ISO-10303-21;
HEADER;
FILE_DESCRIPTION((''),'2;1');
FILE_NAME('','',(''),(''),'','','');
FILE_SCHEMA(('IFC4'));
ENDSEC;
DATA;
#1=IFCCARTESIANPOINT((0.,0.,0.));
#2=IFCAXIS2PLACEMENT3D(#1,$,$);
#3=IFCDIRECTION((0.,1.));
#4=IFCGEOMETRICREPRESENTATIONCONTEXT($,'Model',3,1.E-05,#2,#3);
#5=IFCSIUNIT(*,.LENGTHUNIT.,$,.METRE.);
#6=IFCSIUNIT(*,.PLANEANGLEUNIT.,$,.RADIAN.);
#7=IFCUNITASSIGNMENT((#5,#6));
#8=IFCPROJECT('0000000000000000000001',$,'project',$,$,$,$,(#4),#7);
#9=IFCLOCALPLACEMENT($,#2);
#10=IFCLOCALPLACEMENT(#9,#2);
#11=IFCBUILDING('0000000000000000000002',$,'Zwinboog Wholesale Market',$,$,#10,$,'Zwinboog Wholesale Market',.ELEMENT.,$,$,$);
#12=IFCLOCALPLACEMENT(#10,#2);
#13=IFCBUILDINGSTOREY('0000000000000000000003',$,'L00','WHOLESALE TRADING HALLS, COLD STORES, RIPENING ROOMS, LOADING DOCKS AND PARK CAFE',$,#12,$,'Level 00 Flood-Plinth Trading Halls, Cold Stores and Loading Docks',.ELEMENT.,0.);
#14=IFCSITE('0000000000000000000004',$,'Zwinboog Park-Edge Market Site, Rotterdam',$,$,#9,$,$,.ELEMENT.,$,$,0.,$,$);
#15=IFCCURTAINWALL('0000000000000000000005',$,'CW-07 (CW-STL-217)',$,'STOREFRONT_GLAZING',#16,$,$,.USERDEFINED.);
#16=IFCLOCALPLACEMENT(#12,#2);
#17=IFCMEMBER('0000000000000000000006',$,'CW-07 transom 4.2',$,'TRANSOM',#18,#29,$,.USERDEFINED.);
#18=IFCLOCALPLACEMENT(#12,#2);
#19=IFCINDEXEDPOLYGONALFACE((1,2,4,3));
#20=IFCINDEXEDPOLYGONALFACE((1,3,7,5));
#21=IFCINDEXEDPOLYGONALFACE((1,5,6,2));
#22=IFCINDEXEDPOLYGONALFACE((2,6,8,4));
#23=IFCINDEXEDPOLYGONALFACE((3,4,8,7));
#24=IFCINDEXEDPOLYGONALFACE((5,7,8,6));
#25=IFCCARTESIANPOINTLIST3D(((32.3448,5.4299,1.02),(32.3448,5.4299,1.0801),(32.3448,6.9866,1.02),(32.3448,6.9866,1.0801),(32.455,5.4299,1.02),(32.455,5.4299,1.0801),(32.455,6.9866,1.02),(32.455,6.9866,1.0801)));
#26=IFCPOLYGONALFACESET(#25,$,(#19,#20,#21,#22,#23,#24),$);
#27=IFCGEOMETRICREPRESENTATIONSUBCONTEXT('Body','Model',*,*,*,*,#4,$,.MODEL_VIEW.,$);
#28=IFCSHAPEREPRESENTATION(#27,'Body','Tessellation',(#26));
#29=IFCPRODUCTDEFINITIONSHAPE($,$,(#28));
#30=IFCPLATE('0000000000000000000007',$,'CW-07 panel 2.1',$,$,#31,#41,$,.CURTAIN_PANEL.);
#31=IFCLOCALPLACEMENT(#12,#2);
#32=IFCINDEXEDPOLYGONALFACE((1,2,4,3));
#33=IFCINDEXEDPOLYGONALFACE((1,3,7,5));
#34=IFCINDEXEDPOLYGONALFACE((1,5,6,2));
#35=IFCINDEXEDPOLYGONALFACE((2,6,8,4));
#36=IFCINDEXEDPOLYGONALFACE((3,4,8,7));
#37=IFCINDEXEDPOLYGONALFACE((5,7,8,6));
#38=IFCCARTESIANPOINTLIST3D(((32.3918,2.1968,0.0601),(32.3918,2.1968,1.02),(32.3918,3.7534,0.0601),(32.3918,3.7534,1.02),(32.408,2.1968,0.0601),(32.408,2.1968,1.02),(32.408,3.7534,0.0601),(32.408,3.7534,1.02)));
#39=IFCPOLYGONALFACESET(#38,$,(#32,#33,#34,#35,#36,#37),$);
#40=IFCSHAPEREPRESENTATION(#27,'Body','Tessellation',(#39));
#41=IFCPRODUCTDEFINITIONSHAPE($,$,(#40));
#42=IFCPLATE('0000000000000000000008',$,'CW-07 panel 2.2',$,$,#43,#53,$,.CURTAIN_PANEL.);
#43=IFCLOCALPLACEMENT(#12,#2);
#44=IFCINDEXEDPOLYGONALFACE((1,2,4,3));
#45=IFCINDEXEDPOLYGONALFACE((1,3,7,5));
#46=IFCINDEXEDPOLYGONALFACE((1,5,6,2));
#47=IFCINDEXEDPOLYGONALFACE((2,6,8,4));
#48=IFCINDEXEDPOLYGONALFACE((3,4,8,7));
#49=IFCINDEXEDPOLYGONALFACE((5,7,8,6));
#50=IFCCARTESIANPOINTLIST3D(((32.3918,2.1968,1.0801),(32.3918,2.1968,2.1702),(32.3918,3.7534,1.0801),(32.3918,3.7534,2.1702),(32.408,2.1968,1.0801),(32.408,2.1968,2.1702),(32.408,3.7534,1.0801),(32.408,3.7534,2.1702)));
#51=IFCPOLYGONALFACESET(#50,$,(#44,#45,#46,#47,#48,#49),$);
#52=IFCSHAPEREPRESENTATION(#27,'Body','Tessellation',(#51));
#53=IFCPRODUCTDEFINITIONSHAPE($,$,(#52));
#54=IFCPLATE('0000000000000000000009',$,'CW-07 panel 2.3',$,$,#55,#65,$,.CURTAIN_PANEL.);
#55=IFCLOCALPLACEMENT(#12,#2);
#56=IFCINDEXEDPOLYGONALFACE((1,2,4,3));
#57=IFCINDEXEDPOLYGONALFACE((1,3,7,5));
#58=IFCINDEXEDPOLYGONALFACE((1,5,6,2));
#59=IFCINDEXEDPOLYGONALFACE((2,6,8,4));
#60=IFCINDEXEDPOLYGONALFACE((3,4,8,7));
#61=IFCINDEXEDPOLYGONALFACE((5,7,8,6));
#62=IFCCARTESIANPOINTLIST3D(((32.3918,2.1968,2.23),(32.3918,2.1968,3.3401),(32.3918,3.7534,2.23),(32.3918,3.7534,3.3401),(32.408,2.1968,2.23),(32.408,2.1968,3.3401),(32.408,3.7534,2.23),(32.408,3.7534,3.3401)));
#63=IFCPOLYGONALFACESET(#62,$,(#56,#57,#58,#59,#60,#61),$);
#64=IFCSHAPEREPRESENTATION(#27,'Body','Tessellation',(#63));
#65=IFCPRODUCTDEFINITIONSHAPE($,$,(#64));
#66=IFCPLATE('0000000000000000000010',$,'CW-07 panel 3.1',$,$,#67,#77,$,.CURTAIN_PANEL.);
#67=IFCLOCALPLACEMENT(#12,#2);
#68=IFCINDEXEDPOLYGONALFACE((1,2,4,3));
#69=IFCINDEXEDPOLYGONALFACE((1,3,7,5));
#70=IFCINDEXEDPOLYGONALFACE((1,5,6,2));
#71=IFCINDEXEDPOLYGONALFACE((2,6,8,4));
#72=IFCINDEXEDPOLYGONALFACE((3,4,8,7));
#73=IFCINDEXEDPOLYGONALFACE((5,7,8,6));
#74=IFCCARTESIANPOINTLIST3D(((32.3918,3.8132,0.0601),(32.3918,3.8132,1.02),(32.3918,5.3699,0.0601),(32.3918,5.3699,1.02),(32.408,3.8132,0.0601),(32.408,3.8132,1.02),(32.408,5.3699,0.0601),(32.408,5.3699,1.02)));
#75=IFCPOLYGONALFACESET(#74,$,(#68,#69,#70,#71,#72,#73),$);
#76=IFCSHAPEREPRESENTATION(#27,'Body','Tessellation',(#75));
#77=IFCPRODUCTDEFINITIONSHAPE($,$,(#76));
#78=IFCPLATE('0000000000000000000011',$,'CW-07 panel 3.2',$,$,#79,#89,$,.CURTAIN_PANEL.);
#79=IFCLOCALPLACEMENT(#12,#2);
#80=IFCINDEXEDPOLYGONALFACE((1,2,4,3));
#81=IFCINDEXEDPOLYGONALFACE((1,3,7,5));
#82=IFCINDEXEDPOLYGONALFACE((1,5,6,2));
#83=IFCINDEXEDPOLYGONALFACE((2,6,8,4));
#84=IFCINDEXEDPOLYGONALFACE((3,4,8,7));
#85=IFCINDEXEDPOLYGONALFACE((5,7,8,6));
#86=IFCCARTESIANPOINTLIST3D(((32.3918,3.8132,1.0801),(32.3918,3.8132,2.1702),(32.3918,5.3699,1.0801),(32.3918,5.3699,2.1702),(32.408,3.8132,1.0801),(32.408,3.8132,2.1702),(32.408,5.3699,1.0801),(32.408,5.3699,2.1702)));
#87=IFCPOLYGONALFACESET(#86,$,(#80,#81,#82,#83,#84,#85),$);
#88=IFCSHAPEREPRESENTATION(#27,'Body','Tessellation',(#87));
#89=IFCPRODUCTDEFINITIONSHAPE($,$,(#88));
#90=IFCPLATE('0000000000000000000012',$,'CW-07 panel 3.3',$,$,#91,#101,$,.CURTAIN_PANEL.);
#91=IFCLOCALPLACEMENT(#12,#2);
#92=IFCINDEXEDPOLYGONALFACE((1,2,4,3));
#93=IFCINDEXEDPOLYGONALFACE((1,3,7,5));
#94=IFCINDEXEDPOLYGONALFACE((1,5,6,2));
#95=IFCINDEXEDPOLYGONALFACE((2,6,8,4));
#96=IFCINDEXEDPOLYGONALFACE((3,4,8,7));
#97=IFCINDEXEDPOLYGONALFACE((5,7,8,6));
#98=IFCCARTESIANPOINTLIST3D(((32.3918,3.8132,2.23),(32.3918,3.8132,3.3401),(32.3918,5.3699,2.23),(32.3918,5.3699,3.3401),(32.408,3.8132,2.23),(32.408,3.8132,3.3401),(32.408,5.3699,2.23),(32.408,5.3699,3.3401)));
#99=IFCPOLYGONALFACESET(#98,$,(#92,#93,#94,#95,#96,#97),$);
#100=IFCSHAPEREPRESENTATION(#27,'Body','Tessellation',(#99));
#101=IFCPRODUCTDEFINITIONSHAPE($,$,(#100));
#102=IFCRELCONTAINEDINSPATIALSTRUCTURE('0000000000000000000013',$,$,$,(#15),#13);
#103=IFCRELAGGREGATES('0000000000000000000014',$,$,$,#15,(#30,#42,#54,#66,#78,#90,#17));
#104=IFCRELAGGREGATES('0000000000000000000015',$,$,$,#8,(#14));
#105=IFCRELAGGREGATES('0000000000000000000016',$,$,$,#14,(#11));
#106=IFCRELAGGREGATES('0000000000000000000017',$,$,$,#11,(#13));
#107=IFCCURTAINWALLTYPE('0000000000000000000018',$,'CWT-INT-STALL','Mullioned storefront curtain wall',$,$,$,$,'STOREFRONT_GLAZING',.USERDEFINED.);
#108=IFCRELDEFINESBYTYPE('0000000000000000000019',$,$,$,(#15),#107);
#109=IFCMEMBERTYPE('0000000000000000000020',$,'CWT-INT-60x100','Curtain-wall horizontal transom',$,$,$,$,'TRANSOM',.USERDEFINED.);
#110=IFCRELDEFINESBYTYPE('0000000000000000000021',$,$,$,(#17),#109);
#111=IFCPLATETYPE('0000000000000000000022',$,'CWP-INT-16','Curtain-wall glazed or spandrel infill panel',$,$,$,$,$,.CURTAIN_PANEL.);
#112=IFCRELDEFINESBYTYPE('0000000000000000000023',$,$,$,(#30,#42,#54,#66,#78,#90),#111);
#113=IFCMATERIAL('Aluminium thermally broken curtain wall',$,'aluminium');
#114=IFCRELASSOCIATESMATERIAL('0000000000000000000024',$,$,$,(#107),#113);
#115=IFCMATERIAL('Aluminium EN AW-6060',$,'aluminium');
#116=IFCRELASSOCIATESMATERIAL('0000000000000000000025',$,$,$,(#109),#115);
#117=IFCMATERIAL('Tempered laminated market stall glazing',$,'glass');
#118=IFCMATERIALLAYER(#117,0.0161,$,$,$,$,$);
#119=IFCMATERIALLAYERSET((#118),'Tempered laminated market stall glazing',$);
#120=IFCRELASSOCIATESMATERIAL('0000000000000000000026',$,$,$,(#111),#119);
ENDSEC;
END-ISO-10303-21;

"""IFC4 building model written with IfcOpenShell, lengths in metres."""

from ifc_helpers import new_model, si_unit, direction, frame, origin, origin_2d, place, context, subcontext, project, spatial, rectangle, extrude, material, layer, layer_set, material_profile, profile_set, type_object, element, aggregate, save


model = new_model("IFC4")

# Units and contexts
model_context = context("Model", 3, precision=1e-05, world=origin(), true_north=direction((0.0, 1.0)))
body_context = subcontext(model_context, "Body", "Model", "MODEL_VIEW")
ifc_project = project(units=[si_unit("LENGTHUNIT", "METRE"), si_unit("PLANEANGLEUNIT", "RADIAN")], contexts=[model_context])

# Site, building, storey
site_placement = place(None, origin())
site = spatial("IfcSite", under=ifc_project, at=site_placement, Name="Zwinboog Park-Edge Market Site, Rotterdam", CompositionType="ELEMENT", RefElevation=0.0)
building_placement = place(site_placement, origin())
building = spatial("IfcBuilding", under=site, at=building_placement, Name="Zwinboog Wholesale Market", LongName="Zwinboog Wholesale Market", CompositionType="ELEMENT")
storey_placement = place(building_placement, origin())
storey = spatial("IfcBuildingStorey", under=building, at=storey_placement, Name="L00", Description="WHOLESALE TRADING HALLS, COLD STORES, RIPENING ROOMS, LOADING DOCKS AND PARK CAFE", LongName="Level 00 Flood-Plinth Trading Halls, Cold Stores and Loading Docks", CompositionType="ELEMENT", Elevation=0.0)

# Curtain wall, member, plates
ifc_material_1 = material(Name="Aluminium thermally broken curtain wall", Category="aluminium")
curtain_wall_type = type_object("IfcCurtainWallType", Name="CWT-INT-STALL", Description="Mullioned storefront curtain wall", ElementType="STOREFRONT_GLAZING", PredefinedType="USERDEFINED", material=ifc_material_1)
curtain_wall_placement = place(storey_placement, origin())
curtain_wall = element("IfcCurtainWall", 1, at=curtain_wall_placement, inside=storey, type_object=curtain_wall_type, Name="CW-07 (CW-STL-217)", ObjectType="STOREFRONT_GLAZING", PredefinedType="USERDEFINED")
ifc_material_2 = material(Name="Aluminium EN AW-6060", Category="aluminium")
ifc_material_profile_1 = material_profile(ifc_material_2, rectangle(XDim=0.1101, YDim=0.0601, at=origin_2d()), Name="AL 60x110")
ifc_profile_set_1 = profile_set([ifc_material_profile_1], Name="Aluminium EN AW-6060")
member_type_1 = type_object("IfcMemberType", Name="CWT-INT-60x100", Description="Curtain-wall horizontal transom", ElementType="TRANSOM", PredefinedType="USERDEFINED", material=ifc_profile_set_1)
member_1_placement = place(storey_placement, frame((32.3999, 5.4299, 1.05), z_axis=(0.0, 1.0, 0.0), x_axis=(-1.0, 0.0, 0.0)))
member_1 = element("IfcMember", 2, at=member_1_placement, type_object=member_type_1, Name="CW-07 transom 4.2", ObjectType="TRANSOM", PredefinedType="USERDEFINED", context=body_context, shape_type="SweptSolid", body=[
    extrude(rectangle(XDim=0.1101, YDim=0.0601, at=origin_2d()), origin(), (0.0, 0.0, 1.0), 1.5566),
])
ifc_material_3 = material(Name="Tempered laminated market stall glazing", Category="glass")
ifc_layer = layer(ifc_material_3, 0.0161)
ifc_layer_set = layer_set([ifc_layer], Name="Tempered laminated market stall glazing")
plate_type = type_object("IfcPlateType", Name="CWP-INT-16", Description="Curtain-wall glazed or spandrel infill panel", PredefinedType="CURTAIN_PANEL", material=ifc_layer_set)
plate_1_placement = place(storey_placement, frame((32.3999, 2.9751, 0.0601), z_axis=(0.0, 0.0, 1.0), x_axis=(0.0, 1.0, 0.0)))
plate_1 = element("IfcPlate", 3, at=plate_1_placement, type_object=plate_type, Name="CW-07 panel 2.1", PredefinedType="CURTAIN_PANEL", context=body_context, shape_type="SweptSolid", body=[
    extrude(rectangle(XDim=1.5566, YDim=0.0161, at=origin_2d()), origin(), (0.0, 0.0, 1.0), 0.96),
])
plate_2_placement = place(storey_placement, frame((32.3999, 2.9751, 1.0801), z_axis=(0.0, 0.0, 1.0), x_axis=(0.0, 1.0, 0.0)))
plate_2 = element("IfcPlate", 4, at=plate_2_placement, type_object=plate_type, Name="CW-07 panel 2.2", PredefinedType="CURTAIN_PANEL", context=body_context, shape_type="SweptSolid", body=[
    extrude(rectangle(XDim=1.5566, YDim=0.0161, at=origin_2d()), origin(), (0.0, 0.0, 1.0), 1.0901),
])
plate_3_placement = place(storey_placement, frame((32.3999, 2.9751, 2.23), z_axis=(0.0, 0.0, 1.0), x_axis=(0.0, 1.0, 0.0)))
plate_3 = element("IfcPlate", 5, at=plate_3_placement, type_object=plate_type, Name="CW-07 panel 2.3", PredefinedType="CURTAIN_PANEL", context=body_context, shape_type="SweptSolid", body=[
    extrude(rectangle(XDim=1.5566, YDim=0.0161, at=origin_2d()), origin(), (0.0, 0.0, 1.0), 1.1101),
])
plate_4_placement = place(storey_placement, frame((32.3999, 4.5916, 0.0601), z_axis=(0.0, 0.0, 1.0), x_axis=(0.0, 1.0, 0.0)))
plate_4 = element("IfcPlate", 6, at=plate_4_placement, type_object=plate_type, Name="CW-07 panel 3.1", PredefinedType="CURTAIN_PANEL", context=body_context, shape_type="SweptSolid", body=[
    extrude(rectangle(XDim=1.5566, YDim=0.0161, at=origin_2d()), origin(), (0.0, 0.0, 1.0), 0.96),
])
plate_5_placement = place(storey_placement, frame((32.3999, 4.5916, 1.0801), z_axis=(0.0, 0.0, 1.0), x_axis=(0.0, 1.0, 0.0)))
plate_5 = element("IfcPlate", 7, at=plate_5_placement, type_object=plate_type, Name="CW-07 panel 3.2", PredefinedType="CURTAIN_PANEL", context=body_context, shape_type="SweptSolid", body=[
    extrude(rectangle(XDim=1.5566, YDim=0.0161, at=origin_2d()), origin(), (0.0, 0.0, 1.0), 1.0901),
])
plate_6_placement = place(storey_placement, frame((32.3999, 4.5916, 2.23), z_axis=(0.0, 0.0, 1.0), x_axis=(0.0, 1.0, 0.0)))
plate_6 = element("IfcPlate", 8, at=plate_6_placement, type_object=plate_type, Name="CW-07 panel 3.3", PredefinedType="CURTAIN_PANEL", context=body_context, shape_type="SweptSolid", body=[
    extrude(rectangle(XDim=1.5566, YDim=0.0161, at=origin_2d()), origin(), (0.0, 0.0, 1.0), 1.1101),
])
aggregate(curtain_wall, [plate_1, plate_2, plate_3, plate_4, plate_5, plate_6, member_1])

save(model, "model.ifc")
